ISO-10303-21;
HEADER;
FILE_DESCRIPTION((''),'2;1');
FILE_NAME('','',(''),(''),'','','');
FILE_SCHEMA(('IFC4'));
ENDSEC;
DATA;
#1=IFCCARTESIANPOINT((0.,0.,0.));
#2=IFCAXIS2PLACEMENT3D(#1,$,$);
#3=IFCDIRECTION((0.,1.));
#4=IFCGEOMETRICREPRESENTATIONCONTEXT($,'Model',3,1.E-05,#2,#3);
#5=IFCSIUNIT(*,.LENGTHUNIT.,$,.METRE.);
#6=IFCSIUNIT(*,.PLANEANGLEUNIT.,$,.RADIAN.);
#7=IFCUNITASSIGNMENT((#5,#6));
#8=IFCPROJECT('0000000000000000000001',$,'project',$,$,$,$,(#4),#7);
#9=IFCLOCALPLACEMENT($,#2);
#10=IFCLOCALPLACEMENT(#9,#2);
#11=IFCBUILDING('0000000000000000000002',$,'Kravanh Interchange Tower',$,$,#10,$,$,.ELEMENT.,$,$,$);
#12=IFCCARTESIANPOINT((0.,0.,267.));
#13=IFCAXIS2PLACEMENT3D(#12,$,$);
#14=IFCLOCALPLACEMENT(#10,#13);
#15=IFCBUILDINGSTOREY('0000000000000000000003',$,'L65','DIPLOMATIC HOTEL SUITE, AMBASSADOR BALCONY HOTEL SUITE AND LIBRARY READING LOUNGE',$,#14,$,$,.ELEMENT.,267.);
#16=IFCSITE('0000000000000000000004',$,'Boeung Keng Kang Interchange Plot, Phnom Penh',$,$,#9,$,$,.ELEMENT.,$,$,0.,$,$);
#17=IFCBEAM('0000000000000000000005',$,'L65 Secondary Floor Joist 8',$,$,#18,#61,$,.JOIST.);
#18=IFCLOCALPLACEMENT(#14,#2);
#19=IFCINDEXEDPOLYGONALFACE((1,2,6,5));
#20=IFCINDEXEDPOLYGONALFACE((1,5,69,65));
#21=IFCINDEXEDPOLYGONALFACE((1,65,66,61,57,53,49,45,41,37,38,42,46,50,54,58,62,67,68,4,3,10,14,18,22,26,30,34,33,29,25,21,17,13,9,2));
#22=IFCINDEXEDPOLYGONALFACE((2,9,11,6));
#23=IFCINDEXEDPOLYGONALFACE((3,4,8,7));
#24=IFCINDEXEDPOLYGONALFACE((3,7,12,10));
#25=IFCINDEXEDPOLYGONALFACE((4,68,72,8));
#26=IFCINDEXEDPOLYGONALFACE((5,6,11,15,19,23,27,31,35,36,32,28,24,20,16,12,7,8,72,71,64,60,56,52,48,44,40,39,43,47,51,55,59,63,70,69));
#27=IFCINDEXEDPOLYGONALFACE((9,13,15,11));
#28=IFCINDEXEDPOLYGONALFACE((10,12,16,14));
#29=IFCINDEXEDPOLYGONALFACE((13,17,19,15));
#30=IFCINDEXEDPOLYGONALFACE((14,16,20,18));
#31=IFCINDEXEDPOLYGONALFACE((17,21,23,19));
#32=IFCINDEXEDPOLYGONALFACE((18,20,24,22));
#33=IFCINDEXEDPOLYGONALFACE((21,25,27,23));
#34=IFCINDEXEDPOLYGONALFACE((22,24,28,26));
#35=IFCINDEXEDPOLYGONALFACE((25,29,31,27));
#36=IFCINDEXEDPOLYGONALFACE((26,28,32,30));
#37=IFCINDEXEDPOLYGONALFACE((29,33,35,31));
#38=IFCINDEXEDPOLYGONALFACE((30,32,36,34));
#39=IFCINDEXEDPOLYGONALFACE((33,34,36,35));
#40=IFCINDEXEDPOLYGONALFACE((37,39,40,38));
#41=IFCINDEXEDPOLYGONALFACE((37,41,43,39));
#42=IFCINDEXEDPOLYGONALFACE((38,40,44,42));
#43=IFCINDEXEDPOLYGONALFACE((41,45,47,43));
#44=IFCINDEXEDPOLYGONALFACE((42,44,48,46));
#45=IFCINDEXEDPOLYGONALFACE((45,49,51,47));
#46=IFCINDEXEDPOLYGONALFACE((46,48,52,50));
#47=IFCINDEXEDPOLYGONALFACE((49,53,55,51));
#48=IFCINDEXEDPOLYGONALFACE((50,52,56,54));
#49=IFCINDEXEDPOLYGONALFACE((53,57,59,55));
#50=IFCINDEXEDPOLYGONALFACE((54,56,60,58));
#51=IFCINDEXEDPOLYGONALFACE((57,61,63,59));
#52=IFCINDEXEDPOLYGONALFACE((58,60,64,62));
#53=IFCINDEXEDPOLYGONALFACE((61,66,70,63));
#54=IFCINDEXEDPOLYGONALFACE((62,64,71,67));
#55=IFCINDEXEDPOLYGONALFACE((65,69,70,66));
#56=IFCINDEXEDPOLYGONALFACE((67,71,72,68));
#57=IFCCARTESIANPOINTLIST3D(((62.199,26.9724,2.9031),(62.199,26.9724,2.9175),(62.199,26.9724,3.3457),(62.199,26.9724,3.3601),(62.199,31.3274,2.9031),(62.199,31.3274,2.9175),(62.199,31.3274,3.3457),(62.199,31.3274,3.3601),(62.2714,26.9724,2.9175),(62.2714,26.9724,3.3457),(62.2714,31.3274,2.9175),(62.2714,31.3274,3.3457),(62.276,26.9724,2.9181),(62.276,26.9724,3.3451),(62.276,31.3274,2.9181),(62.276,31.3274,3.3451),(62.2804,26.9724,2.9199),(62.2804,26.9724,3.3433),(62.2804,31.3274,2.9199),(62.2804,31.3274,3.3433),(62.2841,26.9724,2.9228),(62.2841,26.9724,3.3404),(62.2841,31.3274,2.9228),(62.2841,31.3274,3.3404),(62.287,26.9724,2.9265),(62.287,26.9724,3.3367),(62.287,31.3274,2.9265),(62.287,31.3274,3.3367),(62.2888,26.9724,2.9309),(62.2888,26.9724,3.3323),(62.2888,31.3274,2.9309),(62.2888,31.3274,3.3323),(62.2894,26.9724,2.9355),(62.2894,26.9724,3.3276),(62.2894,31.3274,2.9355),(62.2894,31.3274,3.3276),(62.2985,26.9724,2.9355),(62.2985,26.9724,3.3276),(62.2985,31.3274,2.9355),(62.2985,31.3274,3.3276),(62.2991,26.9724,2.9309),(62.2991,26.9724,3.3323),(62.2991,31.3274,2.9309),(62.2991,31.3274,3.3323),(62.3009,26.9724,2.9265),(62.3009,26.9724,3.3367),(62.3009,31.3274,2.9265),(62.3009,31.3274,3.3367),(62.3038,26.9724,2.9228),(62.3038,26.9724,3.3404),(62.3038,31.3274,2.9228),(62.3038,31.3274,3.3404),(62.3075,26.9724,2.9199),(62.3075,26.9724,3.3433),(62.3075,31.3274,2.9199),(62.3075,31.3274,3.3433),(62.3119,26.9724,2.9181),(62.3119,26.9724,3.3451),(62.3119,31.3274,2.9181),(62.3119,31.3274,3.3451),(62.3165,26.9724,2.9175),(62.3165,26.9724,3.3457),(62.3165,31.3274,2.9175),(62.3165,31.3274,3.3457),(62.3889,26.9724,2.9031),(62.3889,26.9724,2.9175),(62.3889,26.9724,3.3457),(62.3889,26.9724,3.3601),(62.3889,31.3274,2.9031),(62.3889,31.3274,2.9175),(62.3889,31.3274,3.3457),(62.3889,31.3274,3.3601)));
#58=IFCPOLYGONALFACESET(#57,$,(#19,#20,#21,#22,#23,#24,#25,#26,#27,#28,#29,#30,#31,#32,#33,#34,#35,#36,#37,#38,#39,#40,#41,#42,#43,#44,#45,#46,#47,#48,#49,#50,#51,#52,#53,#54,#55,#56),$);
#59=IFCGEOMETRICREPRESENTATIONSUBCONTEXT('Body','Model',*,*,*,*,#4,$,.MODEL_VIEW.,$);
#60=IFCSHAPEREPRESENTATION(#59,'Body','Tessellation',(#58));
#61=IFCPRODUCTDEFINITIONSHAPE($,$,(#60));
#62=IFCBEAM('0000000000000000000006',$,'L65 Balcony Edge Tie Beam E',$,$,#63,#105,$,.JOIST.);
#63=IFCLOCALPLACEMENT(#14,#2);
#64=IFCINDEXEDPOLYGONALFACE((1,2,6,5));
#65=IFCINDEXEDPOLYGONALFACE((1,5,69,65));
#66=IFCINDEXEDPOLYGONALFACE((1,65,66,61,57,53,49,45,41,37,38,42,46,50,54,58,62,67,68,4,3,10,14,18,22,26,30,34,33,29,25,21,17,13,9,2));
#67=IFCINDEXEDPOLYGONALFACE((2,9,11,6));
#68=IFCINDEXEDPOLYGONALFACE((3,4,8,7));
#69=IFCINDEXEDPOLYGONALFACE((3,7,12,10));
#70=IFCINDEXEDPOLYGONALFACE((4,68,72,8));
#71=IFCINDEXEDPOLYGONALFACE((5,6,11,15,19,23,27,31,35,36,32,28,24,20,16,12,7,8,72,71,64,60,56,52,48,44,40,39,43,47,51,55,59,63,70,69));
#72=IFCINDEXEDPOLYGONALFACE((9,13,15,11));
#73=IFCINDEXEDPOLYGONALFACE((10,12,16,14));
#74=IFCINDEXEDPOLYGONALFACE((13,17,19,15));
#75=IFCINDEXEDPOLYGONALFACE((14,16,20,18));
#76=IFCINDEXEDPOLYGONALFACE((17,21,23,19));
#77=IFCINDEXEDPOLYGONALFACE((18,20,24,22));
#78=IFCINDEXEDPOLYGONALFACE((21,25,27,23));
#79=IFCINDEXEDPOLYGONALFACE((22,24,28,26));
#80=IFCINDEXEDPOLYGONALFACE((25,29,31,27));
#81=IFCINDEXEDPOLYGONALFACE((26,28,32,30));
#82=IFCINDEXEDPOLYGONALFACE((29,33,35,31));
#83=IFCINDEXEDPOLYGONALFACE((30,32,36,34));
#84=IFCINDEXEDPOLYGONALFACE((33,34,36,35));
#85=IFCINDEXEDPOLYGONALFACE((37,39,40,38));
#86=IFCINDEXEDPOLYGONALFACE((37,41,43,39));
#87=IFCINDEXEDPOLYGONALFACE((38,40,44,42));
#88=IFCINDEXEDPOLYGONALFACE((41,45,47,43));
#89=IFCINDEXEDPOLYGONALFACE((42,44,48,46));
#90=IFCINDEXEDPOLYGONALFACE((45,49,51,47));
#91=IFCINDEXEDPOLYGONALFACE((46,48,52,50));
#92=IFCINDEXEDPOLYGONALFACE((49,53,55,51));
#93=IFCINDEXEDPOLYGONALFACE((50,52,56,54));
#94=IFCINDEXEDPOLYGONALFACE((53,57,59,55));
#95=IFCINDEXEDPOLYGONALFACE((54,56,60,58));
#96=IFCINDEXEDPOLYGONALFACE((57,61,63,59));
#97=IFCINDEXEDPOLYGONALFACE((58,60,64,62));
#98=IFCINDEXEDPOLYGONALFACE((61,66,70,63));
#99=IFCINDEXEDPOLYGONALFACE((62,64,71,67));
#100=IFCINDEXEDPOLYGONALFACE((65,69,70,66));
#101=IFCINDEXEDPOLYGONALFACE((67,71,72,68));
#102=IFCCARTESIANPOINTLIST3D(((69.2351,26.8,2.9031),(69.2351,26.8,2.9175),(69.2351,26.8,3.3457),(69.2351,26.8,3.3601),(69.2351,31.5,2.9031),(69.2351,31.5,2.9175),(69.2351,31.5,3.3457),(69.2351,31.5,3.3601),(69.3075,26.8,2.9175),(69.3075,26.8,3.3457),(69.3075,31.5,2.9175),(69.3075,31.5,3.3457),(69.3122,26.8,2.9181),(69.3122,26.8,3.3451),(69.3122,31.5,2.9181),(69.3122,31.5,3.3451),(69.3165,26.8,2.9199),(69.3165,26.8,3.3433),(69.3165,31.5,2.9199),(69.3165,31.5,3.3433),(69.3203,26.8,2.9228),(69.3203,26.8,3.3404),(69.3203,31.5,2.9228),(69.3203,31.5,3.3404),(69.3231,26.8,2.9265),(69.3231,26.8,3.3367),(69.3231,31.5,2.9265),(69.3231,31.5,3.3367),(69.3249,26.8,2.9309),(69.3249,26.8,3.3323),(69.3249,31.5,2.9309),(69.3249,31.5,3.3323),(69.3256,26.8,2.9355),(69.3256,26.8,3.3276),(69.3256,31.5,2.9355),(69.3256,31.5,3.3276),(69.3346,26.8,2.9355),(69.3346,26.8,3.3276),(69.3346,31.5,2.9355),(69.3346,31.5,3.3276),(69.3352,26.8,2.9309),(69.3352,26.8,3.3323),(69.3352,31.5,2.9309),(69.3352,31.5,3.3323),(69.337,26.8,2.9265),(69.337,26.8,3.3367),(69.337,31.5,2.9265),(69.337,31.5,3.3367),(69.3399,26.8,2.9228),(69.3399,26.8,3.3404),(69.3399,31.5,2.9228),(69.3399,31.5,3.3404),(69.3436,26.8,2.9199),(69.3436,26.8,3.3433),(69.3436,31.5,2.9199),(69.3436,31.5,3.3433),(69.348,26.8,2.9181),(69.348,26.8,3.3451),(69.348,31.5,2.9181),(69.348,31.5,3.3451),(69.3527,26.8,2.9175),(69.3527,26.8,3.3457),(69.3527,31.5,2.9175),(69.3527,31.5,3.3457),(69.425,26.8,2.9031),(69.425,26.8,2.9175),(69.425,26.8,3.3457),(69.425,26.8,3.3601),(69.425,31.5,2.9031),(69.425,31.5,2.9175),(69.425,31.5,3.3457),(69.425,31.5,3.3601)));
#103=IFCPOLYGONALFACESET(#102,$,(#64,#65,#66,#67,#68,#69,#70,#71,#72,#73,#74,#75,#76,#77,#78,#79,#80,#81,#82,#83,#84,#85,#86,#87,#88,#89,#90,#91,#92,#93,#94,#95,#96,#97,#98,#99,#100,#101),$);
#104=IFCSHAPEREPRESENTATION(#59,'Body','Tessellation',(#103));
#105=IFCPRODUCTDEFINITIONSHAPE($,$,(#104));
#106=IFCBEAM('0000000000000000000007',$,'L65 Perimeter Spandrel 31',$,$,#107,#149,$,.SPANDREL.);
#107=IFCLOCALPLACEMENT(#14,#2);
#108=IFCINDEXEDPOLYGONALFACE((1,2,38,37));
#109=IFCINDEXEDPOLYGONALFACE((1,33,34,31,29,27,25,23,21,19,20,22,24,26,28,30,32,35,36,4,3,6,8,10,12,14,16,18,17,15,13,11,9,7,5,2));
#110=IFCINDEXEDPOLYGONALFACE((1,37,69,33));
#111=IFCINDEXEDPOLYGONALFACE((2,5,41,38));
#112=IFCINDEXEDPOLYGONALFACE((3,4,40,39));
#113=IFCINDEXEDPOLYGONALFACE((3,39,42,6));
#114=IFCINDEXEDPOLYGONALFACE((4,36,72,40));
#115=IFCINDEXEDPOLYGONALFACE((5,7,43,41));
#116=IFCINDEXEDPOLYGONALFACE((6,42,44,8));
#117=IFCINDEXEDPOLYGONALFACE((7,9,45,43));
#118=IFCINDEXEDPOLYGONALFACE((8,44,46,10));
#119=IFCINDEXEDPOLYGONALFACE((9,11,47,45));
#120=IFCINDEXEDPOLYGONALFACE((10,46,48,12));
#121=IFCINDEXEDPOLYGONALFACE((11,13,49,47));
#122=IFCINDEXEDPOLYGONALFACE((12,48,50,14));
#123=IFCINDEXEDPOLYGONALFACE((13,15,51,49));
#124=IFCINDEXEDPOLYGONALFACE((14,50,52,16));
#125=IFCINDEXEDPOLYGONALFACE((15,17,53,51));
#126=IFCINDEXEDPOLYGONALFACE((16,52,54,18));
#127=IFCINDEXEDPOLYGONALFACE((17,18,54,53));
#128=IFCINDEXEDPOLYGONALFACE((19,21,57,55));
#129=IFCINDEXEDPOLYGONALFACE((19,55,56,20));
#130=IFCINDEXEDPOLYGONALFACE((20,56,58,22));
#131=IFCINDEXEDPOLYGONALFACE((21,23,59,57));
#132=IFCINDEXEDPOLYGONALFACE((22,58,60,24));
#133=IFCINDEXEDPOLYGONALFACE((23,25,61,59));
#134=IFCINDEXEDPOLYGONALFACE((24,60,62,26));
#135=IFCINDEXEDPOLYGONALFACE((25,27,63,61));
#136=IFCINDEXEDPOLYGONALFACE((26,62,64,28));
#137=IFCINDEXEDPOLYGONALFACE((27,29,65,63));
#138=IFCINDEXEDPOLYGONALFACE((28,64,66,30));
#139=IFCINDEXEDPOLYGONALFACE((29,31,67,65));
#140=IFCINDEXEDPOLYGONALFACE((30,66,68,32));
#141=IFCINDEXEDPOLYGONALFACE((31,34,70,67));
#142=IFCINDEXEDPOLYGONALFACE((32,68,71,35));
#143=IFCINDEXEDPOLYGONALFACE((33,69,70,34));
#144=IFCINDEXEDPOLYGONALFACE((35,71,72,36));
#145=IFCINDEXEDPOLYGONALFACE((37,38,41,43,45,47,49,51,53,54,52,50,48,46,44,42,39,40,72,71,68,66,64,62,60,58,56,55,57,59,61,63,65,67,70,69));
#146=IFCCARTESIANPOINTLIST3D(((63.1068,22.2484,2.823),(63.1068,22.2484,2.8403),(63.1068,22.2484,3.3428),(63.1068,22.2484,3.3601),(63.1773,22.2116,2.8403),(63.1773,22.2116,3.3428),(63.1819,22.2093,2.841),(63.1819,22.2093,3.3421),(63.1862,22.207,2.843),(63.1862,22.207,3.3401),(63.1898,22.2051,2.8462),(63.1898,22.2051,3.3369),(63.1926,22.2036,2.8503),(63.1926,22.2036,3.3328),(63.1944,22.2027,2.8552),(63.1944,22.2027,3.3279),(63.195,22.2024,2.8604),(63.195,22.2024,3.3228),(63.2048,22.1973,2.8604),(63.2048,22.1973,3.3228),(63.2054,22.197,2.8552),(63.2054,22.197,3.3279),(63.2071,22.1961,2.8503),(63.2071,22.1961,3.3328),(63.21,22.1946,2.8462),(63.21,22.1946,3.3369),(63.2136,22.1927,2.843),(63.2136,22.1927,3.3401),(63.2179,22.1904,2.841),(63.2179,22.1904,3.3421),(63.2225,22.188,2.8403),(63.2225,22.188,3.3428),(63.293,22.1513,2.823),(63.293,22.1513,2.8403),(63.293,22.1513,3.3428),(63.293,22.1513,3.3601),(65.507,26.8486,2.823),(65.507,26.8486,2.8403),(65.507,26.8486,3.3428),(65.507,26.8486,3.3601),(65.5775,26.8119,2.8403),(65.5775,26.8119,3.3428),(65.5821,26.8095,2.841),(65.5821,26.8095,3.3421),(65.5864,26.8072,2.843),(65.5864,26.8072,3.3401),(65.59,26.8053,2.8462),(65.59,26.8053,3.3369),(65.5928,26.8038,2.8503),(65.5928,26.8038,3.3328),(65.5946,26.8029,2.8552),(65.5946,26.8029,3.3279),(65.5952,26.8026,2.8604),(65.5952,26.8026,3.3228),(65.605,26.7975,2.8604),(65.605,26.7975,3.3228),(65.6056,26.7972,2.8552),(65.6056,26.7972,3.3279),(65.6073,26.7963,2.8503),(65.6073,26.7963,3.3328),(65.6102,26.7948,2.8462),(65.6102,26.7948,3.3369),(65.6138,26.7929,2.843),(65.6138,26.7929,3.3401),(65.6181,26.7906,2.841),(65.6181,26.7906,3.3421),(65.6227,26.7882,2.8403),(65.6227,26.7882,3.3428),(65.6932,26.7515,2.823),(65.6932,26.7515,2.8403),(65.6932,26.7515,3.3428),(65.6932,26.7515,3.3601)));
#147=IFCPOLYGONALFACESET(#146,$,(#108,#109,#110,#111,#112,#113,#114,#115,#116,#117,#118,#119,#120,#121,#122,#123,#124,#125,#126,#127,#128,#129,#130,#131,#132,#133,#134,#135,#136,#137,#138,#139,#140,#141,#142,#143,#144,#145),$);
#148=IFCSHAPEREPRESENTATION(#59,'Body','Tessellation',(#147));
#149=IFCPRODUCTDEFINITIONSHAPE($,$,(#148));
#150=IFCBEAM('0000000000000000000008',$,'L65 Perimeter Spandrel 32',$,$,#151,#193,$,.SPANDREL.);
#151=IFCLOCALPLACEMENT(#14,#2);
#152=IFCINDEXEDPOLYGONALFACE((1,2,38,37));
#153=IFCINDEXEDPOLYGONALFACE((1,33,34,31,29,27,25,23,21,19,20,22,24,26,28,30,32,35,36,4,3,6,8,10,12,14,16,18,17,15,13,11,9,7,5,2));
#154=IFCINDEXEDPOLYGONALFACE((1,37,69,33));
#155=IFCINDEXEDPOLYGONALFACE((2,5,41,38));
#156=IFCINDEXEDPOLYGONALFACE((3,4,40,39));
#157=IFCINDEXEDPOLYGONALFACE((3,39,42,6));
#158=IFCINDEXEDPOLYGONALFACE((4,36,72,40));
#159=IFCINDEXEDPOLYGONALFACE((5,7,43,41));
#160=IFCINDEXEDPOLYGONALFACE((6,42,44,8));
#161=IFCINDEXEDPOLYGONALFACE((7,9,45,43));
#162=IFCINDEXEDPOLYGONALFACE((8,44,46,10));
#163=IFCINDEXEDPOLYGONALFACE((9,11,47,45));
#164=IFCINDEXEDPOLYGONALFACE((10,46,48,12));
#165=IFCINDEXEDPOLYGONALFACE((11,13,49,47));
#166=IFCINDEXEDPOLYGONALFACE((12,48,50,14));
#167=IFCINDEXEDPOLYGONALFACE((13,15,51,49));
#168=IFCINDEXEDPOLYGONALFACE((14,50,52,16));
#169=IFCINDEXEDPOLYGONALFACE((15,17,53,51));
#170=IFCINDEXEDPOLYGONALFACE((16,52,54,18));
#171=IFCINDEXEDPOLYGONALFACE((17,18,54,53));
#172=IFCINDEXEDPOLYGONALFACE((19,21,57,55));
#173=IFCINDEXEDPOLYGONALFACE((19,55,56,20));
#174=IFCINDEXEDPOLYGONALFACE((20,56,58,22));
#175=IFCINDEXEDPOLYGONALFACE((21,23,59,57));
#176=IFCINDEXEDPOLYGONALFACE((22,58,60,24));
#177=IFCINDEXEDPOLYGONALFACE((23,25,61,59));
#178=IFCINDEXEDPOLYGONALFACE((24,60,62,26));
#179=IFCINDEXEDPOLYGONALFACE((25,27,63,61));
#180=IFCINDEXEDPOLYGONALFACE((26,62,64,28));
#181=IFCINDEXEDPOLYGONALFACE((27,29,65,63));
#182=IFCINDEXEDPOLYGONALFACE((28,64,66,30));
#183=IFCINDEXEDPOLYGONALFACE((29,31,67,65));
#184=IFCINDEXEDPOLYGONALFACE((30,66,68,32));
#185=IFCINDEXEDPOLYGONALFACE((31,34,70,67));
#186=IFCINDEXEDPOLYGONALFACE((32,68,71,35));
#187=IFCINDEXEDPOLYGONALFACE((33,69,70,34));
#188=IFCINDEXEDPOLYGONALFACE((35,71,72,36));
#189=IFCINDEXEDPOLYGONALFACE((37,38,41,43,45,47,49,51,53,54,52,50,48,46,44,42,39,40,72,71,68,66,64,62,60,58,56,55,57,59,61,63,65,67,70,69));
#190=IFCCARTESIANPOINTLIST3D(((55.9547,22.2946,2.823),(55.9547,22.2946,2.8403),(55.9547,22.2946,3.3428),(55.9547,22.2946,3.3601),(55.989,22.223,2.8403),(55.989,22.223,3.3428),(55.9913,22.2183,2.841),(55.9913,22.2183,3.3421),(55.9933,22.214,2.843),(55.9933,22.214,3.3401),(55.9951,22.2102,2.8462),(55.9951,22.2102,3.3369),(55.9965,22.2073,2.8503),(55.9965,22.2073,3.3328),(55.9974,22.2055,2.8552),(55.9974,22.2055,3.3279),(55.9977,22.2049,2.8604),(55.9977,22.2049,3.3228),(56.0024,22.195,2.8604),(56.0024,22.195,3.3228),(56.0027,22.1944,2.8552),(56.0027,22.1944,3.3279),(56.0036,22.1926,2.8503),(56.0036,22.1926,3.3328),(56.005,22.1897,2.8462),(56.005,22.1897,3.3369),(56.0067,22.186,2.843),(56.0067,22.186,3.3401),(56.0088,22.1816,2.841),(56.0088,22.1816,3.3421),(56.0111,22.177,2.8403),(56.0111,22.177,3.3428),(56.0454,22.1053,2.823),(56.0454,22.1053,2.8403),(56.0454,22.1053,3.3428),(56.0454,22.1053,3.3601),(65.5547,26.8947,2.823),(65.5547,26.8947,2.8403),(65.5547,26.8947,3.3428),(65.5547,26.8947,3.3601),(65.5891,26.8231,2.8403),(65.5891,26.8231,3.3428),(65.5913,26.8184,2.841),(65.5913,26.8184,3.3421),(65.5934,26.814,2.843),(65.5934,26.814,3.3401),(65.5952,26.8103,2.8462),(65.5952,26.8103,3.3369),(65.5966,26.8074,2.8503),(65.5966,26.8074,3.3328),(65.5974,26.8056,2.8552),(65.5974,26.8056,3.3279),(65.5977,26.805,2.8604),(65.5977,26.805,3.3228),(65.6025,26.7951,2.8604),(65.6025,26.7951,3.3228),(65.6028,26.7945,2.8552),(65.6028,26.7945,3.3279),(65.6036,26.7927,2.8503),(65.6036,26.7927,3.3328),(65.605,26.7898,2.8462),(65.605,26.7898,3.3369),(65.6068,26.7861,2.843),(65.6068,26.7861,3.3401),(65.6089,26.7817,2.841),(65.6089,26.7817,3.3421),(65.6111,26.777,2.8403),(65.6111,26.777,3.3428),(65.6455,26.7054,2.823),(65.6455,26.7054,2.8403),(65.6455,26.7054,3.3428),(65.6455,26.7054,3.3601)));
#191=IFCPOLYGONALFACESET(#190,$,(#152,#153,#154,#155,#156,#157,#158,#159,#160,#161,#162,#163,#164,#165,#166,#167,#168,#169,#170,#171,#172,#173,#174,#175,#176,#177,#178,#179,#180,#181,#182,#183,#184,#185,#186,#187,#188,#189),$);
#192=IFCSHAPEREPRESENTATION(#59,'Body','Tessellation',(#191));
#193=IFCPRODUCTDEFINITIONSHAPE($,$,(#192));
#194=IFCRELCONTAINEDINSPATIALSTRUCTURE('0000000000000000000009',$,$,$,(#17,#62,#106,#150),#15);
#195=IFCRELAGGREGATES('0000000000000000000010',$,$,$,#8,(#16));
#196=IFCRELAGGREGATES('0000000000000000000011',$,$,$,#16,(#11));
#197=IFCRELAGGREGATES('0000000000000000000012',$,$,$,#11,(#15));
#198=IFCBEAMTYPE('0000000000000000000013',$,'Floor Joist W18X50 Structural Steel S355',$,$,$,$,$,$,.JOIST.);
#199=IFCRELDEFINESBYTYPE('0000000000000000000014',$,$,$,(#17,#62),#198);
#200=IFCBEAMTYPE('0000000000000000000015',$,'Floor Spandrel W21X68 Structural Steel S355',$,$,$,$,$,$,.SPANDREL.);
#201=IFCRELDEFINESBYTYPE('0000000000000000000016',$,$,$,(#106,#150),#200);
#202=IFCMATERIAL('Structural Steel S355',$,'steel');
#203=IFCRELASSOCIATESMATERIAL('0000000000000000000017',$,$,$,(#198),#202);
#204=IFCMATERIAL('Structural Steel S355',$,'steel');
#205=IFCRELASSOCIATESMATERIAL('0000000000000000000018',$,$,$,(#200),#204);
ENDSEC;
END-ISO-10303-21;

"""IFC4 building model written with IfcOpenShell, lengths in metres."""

from ifc_helpers import new_model, si_unit, direction, frame, origin, origin_2d, place, context, subcontext, project, spatial, i_section, extrude, material, material_profile, profile_set, type_object, element, save


model = new_model("IFC4")

# Units and contexts
model_context = context("Model", 3, precision=1e-05, world=origin(), true_north=direction((0.0, 1.0)))
body_context = subcontext(model_context, "Body", "Model", "MODEL_VIEW")
ifc_project = project(units=[si_unit("LENGTHUNIT", "METRE"), si_unit("PLANEANGLEUNIT", "RADIAN")], contexts=[model_context])

# Site, building, storey
site_placement = place(None, origin())
site = spatial("IfcSite", under=ifc_project, at=site_placement, Name="Boeung Keng Kang Interchange Plot, Phnom Penh", CompositionType="ELEMENT", RefElevation=0.0)
building_placement = place(site_placement, origin())
building = spatial("IfcBuilding", under=site, at=building_placement, Name="Kravanh Interchange Tower", CompositionType="ELEMENT")
storey_placement = place(building_placement, frame((0.0, 0.0, 267.0)))
storey = spatial("IfcBuildingStorey", under=building, at=storey_placement, Name="L65", Description="DIPLOMATIC HOTEL SUITE, AMBASSADOR BALCONY HOTEL SUITE AND LIBRARY READING LOUNGE", CompositionType="ELEMENT", Elevation=267.0)

# Beams
ifc_material_1 = material(Name="Structural Steel S355", Category="steel")
ifc_material_profile_1 = material_profile(ifc_material_1, i_section(OverallWidth=0.1899, OverallDepth=0.457, WebThickness=0.009, FlangeThickness=0.0144, FilletRadius=0.0181, at=origin_2d()), Name="W18X50")
ifc_profile_set_1 = profile_set([ifc_material_profile_1], Name="Structural Steel S355")
beam_type_1 = type_object("IfcBeamType", Name="Floor Joist W18X50 Structural Steel S355", PredefinedType="JOIST", material=ifc_profile_set_1)
for number, where, z_axis, x_axis, name in (
    (1, (62.2939, 26.9724, 3.1316), (0.0, 1.0, 0.0), (-1.0, 0.0, 0.0), "L65 Secondary Floor Joist 8"),
):
    element("IfcBeam", number, at=place(storey_placement, frame(where, z_axis=z_axis, x_axis=x_axis)), inside=storey, type_object=beam_type_1, Name=name, PredefinedType="JOIST", context=body_context, shape_type="SweptSolid", body=[
        extrude(i_section(OverallWidth=0.1899, OverallDepth=0.457, WebThickness=0.009, FlangeThickness=0.0144, FilletRadius=0.0181, at=origin_2d()), origin(), (0.0, 0.0, 1.0), 4.355),
    ])
beam_1_placement = place(storey_placement, frame((69.3301, 26.8, 3.1316), z_axis=(0.0, 1.0, 0.0), x_axis=(-1.0, 0.0, 0.0)))
element("IfcBeam", 2, at=beam_1_placement, inside=storey, type_object=beam_type_1, Name="L65 Balcony Edge Tie Beam E", PredefinedType="JOIST", context=body_context, shape_type="SweptSolid", body=[
    extrude(i_section(OverallWidth=0.1899, OverallDepth=0.457, WebThickness=0.009, FlangeThickness=0.0144, FilletRadius=0.0181, at=origin_2d()), origin(), (0.0, 0.0, 1.0), 4.7),
])
ifc_material_2 = material(Name="Structural Steel S355", Category="steel")
ifc_material_profile_2 = material_profile(ifc_material_2, i_section(OverallWidth=0.21, OverallDepth=0.5371, WebThickness=0.011, FlangeThickness=0.0173, FilletRadius=0.02, at=origin_2d()), Name="W21X68")
ifc_profile_set_2 = profile_set([ifc_material_profile_2], Name="Structural Steel S355")
beam_type_2 = type_object("IfcBeamType", Name="Floor Spandrel W21X68 Structural Steel S355", PredefinedType="SPANDREL", material=ifc_profile_set_2)
beam_2_placement = place(storey_placement, frame((65.6001, 26.8, 3.0916), z_axis=(-0.46258, -0.886577, 0.0), x_axis=(0.886577, -0.46258, 0.0)))
element("IfcBeam", 3, at=beam_2_placement, inside=storey, type_object=beam_type_2, Name="L65 Perimeter Spandrel 31", PredefinedType="SPANDREL", context=body_context, shape_type="SweptSolid", body=[
    extrude(i_section(OverallWidth=0.21, OverallDepth=0.5371, WebThickness=0.011, FlangeThickness=0.0173, FilletRadius=0.02, at=origin_2d()), origin(), (0.0, 0.0, 1.0), 5.1887),
])
beam_3_placement = place(storey_placement, frame((65.6001, 26.8, 3.0916), z_axis=(-0.901814, -0.432124, 0.0), x_axis=(0.432124, -0.901814, 0.0)))
element("IfcBeam", 4, at=beam_3_placement, inside=storey, type_object=beam_type_2, Name="L65 Perimeter Spandrel 32", PredefinedType="SPANDREL", context=body_context, shape_type="SweptSolid", body=[
    extrude(i_section(OverallWidth=0.21, OverallDepth=0.5371, WebThickness=0.011, FlangeThickness=0.0173, FilletRadius=0.02, at=origin_2d()), origin(), (0.0, 0.0, 1.0), 10.6453),
])

save(model, "model.ifc")
